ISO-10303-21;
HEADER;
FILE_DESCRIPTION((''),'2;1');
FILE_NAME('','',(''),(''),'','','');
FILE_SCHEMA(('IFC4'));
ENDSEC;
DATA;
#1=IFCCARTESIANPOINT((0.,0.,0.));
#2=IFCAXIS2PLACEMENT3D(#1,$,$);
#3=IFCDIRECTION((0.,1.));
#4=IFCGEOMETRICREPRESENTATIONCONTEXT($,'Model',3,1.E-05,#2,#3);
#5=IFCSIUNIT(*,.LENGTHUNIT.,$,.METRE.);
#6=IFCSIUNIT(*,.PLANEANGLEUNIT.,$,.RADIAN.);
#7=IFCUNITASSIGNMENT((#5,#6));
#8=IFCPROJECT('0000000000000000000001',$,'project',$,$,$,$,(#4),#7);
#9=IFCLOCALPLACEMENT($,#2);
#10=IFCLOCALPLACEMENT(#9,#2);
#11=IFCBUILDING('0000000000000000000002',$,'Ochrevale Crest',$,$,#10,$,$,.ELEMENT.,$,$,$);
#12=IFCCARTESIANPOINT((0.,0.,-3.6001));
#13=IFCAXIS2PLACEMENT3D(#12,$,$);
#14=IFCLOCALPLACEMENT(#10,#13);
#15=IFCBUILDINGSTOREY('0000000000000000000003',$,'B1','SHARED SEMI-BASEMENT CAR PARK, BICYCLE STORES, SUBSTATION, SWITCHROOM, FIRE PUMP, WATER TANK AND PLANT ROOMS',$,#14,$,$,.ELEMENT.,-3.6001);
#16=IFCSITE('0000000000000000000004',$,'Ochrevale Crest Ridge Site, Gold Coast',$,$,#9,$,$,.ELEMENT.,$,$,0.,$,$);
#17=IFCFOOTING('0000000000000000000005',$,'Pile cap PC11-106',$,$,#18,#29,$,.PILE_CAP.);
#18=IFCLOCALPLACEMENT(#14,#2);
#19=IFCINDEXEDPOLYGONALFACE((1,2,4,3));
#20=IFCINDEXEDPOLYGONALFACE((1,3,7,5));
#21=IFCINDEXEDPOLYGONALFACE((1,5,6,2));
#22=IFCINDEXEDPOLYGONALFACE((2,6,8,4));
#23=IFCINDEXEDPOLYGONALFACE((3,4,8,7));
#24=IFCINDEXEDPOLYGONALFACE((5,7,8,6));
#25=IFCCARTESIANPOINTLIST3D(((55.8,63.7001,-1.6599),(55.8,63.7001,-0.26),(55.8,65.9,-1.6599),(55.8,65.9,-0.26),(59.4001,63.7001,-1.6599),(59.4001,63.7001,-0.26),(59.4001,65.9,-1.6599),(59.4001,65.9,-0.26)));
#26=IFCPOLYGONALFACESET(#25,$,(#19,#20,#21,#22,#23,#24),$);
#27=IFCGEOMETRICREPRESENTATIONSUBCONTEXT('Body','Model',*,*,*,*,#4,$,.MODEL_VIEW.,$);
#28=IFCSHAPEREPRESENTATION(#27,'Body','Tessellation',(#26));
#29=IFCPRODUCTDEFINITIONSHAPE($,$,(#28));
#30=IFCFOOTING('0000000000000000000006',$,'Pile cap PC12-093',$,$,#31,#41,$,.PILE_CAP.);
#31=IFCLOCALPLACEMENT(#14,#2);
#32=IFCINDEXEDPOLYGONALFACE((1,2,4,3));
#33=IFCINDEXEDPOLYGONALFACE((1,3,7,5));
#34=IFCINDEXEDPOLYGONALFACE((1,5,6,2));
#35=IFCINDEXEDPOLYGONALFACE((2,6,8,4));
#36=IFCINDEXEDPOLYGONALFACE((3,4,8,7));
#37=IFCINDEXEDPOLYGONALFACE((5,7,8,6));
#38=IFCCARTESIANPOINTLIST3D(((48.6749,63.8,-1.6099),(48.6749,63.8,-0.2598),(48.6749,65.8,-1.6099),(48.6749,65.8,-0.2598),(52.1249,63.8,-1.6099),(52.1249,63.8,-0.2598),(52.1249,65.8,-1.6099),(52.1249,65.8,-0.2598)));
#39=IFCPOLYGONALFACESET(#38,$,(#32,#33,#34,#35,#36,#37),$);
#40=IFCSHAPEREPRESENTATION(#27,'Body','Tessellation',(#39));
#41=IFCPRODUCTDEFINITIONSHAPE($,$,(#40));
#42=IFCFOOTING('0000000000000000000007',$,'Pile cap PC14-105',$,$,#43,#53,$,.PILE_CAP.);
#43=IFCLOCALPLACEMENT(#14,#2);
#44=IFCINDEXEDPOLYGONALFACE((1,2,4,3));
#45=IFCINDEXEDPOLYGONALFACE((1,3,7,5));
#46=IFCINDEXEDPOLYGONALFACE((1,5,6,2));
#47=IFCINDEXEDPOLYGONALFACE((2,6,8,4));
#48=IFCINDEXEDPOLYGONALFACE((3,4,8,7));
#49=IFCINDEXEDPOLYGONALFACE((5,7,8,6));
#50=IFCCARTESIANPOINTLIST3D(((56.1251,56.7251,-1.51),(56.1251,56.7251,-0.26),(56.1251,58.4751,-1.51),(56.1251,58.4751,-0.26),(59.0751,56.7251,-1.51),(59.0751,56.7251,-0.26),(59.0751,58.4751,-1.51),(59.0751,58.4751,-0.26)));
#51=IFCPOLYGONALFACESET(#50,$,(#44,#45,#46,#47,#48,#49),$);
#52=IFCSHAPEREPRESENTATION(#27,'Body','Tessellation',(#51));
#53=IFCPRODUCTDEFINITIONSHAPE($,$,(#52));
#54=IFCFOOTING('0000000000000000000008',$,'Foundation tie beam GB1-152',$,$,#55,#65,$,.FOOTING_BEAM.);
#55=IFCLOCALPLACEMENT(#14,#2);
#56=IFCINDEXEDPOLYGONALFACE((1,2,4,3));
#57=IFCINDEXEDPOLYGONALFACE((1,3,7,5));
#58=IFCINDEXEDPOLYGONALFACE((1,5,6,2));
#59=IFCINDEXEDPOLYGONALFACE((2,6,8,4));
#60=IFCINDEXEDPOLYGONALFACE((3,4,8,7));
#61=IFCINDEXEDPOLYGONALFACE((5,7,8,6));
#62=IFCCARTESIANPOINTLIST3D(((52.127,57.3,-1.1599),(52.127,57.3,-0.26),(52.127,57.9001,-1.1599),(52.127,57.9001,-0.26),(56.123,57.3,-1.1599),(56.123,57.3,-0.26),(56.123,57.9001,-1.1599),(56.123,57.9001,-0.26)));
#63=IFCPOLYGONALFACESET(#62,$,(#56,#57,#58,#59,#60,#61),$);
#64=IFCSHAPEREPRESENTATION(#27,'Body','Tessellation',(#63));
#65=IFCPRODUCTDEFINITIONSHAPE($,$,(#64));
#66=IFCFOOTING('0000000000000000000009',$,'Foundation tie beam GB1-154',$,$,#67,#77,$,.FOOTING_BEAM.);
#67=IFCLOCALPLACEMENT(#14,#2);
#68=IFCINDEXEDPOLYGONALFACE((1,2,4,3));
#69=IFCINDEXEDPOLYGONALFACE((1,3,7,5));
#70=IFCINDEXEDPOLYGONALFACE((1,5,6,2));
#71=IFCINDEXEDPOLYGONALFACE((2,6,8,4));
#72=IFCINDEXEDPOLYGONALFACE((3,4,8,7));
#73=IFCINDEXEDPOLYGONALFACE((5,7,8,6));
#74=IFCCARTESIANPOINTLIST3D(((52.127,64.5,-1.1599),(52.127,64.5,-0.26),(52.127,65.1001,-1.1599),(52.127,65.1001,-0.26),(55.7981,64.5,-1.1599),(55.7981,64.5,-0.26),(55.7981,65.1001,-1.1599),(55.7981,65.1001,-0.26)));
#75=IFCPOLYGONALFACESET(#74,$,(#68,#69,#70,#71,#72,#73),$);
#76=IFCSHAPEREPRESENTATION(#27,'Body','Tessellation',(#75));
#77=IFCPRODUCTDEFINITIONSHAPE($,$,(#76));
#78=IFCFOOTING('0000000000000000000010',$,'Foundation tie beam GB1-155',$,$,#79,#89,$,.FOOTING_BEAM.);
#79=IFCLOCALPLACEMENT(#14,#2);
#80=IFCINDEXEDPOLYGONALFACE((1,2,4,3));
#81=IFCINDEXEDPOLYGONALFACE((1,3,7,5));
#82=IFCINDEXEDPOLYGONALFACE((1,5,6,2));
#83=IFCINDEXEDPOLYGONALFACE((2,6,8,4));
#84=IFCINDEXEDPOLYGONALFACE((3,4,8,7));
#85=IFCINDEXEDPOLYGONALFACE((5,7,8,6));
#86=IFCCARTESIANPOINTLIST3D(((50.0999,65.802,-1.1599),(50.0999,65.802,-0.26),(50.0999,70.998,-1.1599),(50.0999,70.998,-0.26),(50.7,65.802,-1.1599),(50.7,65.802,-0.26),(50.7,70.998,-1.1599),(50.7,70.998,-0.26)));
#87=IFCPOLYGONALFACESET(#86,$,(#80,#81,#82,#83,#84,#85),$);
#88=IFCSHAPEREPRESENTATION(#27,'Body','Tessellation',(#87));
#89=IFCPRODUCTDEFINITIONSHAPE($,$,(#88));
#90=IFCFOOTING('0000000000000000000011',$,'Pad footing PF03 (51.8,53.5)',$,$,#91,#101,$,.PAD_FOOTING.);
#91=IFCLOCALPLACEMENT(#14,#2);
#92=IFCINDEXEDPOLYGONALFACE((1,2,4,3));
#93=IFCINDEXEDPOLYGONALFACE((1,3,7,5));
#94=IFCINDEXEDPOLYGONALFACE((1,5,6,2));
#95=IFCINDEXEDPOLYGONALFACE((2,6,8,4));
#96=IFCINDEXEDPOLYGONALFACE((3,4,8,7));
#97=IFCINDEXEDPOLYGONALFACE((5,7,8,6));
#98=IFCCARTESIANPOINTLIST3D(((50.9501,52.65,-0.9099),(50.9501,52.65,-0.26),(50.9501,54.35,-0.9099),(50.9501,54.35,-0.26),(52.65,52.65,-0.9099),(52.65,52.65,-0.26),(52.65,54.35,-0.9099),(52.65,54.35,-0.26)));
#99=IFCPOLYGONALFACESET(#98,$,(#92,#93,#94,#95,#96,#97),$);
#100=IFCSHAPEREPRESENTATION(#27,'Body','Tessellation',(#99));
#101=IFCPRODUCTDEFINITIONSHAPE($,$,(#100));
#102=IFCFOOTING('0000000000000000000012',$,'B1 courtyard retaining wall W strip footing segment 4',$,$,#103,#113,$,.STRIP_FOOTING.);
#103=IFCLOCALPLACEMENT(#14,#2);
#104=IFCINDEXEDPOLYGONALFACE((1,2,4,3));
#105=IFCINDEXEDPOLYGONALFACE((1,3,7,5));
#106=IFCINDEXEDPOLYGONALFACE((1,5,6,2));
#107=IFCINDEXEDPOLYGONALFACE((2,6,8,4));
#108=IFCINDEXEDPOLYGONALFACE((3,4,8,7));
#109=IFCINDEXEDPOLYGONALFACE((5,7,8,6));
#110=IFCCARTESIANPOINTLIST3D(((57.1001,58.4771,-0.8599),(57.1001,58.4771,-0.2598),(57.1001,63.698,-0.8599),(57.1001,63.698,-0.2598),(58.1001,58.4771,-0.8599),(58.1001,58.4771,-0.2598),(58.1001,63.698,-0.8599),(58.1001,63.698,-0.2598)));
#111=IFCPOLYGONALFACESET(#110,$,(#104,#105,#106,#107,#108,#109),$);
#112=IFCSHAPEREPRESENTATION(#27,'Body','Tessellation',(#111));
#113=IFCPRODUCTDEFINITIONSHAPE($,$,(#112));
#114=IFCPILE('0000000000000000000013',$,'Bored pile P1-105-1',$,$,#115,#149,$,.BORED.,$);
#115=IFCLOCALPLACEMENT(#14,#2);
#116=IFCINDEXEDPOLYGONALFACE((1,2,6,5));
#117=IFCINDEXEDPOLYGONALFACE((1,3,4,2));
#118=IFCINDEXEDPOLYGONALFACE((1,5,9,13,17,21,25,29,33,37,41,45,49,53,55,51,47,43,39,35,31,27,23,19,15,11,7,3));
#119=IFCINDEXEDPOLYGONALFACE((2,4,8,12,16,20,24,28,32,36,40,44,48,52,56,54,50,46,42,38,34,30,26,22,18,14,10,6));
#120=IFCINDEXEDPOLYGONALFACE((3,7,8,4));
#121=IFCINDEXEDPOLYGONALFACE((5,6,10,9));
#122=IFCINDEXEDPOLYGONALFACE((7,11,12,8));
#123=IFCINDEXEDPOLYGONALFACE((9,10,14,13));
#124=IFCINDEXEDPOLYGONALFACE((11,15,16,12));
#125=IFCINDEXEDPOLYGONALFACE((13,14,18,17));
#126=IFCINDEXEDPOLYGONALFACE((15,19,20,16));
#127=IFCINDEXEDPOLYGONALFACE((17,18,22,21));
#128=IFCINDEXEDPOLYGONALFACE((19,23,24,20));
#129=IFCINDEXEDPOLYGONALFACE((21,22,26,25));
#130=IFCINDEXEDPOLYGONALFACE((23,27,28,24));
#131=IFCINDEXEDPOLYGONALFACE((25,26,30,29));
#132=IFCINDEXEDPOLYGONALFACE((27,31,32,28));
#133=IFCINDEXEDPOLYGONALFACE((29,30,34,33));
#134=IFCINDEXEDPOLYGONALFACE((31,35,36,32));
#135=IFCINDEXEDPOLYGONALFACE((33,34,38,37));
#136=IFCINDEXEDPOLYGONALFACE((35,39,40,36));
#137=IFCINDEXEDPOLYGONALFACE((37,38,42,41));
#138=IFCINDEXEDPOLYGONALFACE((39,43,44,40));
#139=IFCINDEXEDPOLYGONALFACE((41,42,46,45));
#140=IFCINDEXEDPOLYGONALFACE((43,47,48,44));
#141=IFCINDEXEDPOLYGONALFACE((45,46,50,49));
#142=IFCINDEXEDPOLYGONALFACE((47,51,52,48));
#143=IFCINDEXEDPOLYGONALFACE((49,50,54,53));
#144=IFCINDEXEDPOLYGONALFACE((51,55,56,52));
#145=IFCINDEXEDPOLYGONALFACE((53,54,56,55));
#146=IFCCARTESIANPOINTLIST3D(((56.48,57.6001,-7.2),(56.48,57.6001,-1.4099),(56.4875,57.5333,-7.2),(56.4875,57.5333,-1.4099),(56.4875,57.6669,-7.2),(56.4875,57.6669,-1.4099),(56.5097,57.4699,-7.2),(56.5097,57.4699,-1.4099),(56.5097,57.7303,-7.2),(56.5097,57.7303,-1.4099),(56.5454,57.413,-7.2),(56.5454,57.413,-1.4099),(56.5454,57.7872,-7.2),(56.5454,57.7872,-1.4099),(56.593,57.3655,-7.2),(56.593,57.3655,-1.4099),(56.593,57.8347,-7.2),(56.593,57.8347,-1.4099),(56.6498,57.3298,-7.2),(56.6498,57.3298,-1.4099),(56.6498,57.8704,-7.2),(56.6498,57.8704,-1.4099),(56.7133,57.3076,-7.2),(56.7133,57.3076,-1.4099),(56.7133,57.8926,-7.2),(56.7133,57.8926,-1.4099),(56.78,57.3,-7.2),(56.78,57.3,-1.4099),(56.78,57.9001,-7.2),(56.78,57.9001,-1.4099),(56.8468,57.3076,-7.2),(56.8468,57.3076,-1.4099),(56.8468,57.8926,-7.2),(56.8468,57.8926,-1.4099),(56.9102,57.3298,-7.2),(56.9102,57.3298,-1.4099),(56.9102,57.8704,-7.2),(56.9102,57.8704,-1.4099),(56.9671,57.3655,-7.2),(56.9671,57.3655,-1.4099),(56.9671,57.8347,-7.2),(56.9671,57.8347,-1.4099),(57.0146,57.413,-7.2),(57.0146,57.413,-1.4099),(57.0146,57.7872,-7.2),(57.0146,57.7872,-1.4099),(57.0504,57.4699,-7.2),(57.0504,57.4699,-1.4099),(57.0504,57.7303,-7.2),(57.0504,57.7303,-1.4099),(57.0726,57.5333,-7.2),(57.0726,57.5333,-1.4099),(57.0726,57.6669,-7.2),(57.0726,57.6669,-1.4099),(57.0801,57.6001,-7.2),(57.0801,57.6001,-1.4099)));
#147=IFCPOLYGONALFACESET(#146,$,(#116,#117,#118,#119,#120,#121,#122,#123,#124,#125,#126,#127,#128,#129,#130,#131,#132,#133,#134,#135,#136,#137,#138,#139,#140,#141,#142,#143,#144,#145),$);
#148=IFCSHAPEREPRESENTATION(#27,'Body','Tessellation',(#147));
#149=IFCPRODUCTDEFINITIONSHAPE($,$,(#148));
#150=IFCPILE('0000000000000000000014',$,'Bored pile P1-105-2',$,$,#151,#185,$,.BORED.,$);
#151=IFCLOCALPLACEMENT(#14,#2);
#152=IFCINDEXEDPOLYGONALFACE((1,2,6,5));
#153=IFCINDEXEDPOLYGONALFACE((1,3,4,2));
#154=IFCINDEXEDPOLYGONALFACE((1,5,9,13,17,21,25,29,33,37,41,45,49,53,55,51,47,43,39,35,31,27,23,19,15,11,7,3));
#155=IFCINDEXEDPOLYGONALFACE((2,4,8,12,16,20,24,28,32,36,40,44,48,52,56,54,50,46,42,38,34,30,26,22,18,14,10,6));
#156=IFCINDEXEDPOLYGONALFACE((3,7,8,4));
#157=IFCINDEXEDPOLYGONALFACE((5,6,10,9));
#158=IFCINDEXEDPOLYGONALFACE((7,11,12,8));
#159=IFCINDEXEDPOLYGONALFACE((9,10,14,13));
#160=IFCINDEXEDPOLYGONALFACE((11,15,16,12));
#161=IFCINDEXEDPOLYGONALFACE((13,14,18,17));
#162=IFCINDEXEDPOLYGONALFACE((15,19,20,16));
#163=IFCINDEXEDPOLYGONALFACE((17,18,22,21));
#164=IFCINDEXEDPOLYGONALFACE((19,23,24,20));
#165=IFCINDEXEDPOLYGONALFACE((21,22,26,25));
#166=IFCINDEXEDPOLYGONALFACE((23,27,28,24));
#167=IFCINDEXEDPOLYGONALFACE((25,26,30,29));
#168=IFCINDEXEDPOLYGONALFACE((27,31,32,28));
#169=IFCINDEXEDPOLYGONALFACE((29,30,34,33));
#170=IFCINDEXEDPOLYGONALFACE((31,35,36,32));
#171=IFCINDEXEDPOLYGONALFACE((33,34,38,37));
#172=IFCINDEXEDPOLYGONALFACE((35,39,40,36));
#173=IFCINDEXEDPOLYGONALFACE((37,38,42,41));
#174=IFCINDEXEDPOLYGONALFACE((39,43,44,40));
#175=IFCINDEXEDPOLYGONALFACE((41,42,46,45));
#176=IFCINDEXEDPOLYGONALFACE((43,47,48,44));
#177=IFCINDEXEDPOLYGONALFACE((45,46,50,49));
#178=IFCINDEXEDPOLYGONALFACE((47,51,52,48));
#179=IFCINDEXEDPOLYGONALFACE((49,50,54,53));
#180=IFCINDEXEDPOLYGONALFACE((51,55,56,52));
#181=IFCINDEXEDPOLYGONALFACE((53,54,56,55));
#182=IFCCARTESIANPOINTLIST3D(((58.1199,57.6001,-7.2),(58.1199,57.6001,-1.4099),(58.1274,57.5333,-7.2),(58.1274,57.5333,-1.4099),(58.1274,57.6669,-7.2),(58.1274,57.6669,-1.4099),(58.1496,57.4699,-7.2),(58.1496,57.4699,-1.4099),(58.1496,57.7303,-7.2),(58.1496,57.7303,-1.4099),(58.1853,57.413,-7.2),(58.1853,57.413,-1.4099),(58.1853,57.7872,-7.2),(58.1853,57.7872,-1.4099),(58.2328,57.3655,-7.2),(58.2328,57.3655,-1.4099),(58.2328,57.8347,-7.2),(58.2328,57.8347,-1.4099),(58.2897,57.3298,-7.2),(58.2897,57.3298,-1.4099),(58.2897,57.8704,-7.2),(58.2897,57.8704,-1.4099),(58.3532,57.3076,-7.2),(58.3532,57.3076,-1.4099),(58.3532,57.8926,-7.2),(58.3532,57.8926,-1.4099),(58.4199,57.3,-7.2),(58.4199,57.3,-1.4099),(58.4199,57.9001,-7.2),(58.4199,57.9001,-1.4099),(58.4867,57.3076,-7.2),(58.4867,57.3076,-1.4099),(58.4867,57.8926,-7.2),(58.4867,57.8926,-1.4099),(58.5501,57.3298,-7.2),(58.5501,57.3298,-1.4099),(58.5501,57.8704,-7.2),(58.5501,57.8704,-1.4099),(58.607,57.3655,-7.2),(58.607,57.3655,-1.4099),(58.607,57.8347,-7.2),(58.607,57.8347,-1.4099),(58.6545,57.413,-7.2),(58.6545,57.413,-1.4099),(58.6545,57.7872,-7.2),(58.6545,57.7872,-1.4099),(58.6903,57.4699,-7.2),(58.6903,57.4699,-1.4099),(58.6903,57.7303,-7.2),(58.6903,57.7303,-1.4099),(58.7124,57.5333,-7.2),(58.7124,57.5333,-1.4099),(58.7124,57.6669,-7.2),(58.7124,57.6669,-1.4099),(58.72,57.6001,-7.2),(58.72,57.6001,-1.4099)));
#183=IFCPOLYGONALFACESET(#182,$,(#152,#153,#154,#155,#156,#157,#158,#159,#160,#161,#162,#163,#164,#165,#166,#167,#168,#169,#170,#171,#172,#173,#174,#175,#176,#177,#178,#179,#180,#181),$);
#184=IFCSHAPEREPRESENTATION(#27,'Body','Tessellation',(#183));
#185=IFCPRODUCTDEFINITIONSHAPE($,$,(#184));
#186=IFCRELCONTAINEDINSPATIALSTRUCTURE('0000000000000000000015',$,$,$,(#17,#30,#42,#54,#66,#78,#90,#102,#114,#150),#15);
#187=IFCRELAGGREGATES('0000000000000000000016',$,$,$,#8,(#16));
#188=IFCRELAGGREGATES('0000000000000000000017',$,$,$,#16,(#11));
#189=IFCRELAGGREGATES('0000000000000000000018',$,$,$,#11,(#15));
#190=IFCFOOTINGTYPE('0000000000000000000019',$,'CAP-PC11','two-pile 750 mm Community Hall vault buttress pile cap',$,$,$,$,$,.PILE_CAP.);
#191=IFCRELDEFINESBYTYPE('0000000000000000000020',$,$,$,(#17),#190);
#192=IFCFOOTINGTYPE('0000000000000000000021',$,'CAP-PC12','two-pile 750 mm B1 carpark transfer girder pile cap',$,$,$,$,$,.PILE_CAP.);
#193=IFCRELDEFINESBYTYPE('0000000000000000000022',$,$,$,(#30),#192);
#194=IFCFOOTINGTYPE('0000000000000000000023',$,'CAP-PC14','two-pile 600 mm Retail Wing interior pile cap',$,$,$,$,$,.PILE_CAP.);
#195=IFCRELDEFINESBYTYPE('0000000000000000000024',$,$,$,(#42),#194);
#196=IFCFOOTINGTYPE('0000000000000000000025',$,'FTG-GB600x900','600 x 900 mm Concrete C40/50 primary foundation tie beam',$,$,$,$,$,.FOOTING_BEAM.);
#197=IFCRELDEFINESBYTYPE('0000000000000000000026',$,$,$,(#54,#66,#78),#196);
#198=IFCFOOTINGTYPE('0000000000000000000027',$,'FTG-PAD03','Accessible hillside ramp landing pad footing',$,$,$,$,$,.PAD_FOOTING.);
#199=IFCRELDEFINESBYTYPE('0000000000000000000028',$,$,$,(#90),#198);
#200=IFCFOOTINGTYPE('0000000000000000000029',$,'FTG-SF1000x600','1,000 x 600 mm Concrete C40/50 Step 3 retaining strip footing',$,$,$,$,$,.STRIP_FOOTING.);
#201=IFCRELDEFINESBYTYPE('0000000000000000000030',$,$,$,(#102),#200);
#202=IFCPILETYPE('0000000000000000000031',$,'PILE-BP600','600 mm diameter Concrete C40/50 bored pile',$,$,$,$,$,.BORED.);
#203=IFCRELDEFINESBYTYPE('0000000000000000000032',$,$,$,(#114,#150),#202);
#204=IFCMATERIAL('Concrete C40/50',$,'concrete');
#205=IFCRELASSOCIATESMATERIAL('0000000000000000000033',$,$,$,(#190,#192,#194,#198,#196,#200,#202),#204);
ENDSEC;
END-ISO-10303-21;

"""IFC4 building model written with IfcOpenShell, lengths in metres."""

from ifc_helpers import new_model, si_unit, direction, frame, origin, origin_2d, place, context, subcontext, project, spatial, rectangle, circle, extrude, material, material_profile, profile_set, type_object, element, save


model = new_model("IFC4")

# Units and contexts
model_context = context("Model", 3, precision=1e-05, world=origin(), true_north=direction((0.0, 1.0)))
body_context = subcontext(model_context, "Body", "Model", "MODEL_VIEW")
ifc_project = project(units=[si_unit("LENGTHUNIT", "METRE"), si_unit("PLANEANGLEUNIT", "RADIAN")], contexts=[model_context])

# Site, building, storey
site_placement = place(None, origin())
site = spatial("IfcSite", under=ifc_project, at=site_placement, Name="Ochrevale Crest Ridge Site, Gold Coast", CompositionType="ELEMENT", RefElevation=0.0)
building_placement = place(site_placement, origin())
building = spatial("IfcBuilding", under=site, at=building_placement, Name="Ochrevale Crest", CompositionType="ELEMENT")
storey_placement = place(building_placement, frame((0.0, 0.0, -3.6001)))
storey = spatial("IfcBuildingStorey", under=building, at=storey_placement, Name="B1", Description="SHARED SEMI-BASEMENT CAR PARK, BICYCLE STORES, SUBSTATION, SWITCHROOM, FIRE PUMP, WATER TANK AND PLANT ROOMS", CompositionType="ELEMENT", Elevation=-3.6001)

# Footings
ifc_material_1 = material(Name="Concrete C40/50", Category="concrete")
footing_type_1 = type_object("IfcFootingType", Name="CAP-PC11", Description="two-pile 750 mm Community Hall vault buttress pile cap", PredefinedType="PILE_CAP", material=ifc_material_1)
footing_1_placement = place(storey_placement, frame((57.6001, 64.8, -1.6599), z_axis=(0.0, 0.0, 1.0), x_axis=(1.0, 0.0, 0.0)))
element("IfcFooting", 1, at=footing_1_placement, inside=storey, type_object=footing_type_1, Name="Pile cap PC11-106", PredefinedType="PILE_CAP", context=body_context, shape_type="SweptSolid", body=[
    extrude(rectangle(XDim=3.6001, YDim=2.2, at=origin_2d()), origin(), (0.0, 0.0, 1.0), 1.3999),
])
footing_type_2 = type_object("IfcFootingType", Name="CAP-PC12", Description="two-pile 750 mm B1 carpark transfer girder pile cap", PredefinedType="PILE_CAP", material=ifc_material_1)
footing_2_placement = place(storey_placement, frame((50.3999, 64.8, -1.6099), z_axis=(0.0, 0.0, 1.0), x_axis=(1.0, 0.0, 0.0)))
element("IfcFooting", 2, at=footing_2_placement, inside=storey, type_object=footing_type_2, Name="Pile cap PC12-093", PredefinedType="PILE_CAP", context=body_context, shape_type="SweptSolid", body=[
    extrude(rectangle(XDim=3.45, YDim=2.0, at=origin_2d()), origin(), (0.0, 0.0, 1.0), 1.3501),
])
footing_type_3 = type_object("IfcFootingType", Name="CAP-PC14", Description="two-pile 600 mm Retail Wing interior pile cap", PredefinedType="PILE_CAP", material=ifc_material_1)
footing_3_placement = place(storey_placement, frame((57.6001, 57.6001, -1.51), z_axis=(0.0, 0.0, 1.0), x_axis=(1.0, 0.0, 0.0)))
element("IfcFooting", 3, at=footing_3_placement, inside=storey, type_object=footing_type_3, Name="Pile cap PC14-105", PredefinedType="PILE_CAP", context=body_context, shape_type="SweptSolid", body=[
    extrude(rectangle(XDim=2.95, YDim=1.75, at=origin_2d()), origin(), (0.0, 0.0, 1.0), 1.25),
])
ifc_material_profile_1 = material_profile(ifc_material_1, rectangle(XDim=0.6001, YDim=0.8999, at=origin_2d()), Name="GB 600x900")
ifc_profile_set_1 = profile_set([ifc_material_profile_1], Name="Concrete C40/50")
footing_type_4 = type_object("IfcFootingType", Name="FTG-GB600x900", Description="600 x 900 mm Concrete C40/50 primary foundation tie beam", PredefinedType="FOOTING_BEAM", material=ifc_profile_set_1)
footing_4_placement = place(storey_placement, frame((52.127, 57.6001, -0.71), z_axis=(1.0, 0.0, 0.0), x_axis=(0.0, 1.0, 0.0)))
element("IfcFooting", 4, at=footing_4_placement, inside=storey, type_object=footing_type_4, Name="Foundation tie beam GB1-152", PredefinedType="FOOTING_BEAM", context=body_context, shape_type="SweptSolid", body=[
    extrude(rectangle(XDim=0.6001, YDim=0.8999, at=origin_2d()), origin(), (0.0, 0.0, 1.0), 3.9961),
])
footing_5_placement = place(storey_placement, frame((52.127, 64.8, -0.71), z_axis=(1.0, 0.0, 0.0), x_axis=(0.0, 1.0, 0.0)))
element("IfcFooting", 5, at=footing_5_placement, inside=storey, type_object=footing_type_4, Name="Foundation tie beam GB1-154", PredefinedType="FOOTING_BEAM", context=body_context, shape_type="SweptSolid", body=[
    extrude(rectangle(XDim=0.6001, YDim=0.8999, at=origin_2d()), origin(), (0.0, 0.0, 1.0), 3.6711),
])
footing_6_placement = place(storey_placement, frame((50.3999, 65.802, -0.71), z_axis=(0.0, 1.0, 0.0), x_axis=(-1.0, 0.0, 0.0)))
element("IfcFooting", 6, at=footing_6_placement, inside=storey, type_object=footing_type_4, Name="Foundation tie beam GB1-155", PredefinedType="FOOTING_BEAM", context=body_context, shape_type="SweptSolid", body=[
    extrude(rectangle(XDim=0.6001, YDim=0.8999, at=origin_2d()), origin(), (0.0, 0.0, 1.0), 5.196),
])
footing_type_5 = type_object("IfcFootingType", Name="FTG-PAD03", Description="Accessible hillside ramp landing pad footing", PredefinedType="PAD_FOOTING", material=ifc_material_1)
footing_7_placement = place(storey_placement, frame((51.8, 53.5, -0.9099), z_axis=(0.0, 0.0, 1.0), x_axis=(1.0, 0.0, 0.0)))
element("IfcFooting", 7, at=footing_7_placement, inside=storey, type_object=footing_type_5, Name="Pad footing PF03 (51.8,53.5)", PredefinedType="PAD_FOOTING", context=body_context, shape_type="SweptSolid", body=[
    extrude(rectangle(XDim=1.7, YDim=1.7, at=origin_2d()), origin(), (0.0, 0.0, 1.0), 0.6499),
])
ifc_material_profile_2 = material_profile(ifc_material_1, rectangle(XDim=1.0, YDim=0.6001, at=origin_2d()), Name="SF 1000x600")
ifc_profile_set_2 = profile_set([ifc_material_profile_2], Name="Concrete C40/50")
footing_type_6 = type_object("IfcFootingType", Name="FTG-SF1000x600", Description="1,000 x 600 mm Concrete C40/50 Step 3 retaining strip footing", PredefinedType="STRIP_FOOTING", material=ifc_profile_set_2)
footing_8_placement = place(storey_placement, frame((57.6001, 58.4771, -0.5598), z_axis=(0.0, 1.0, 0.0), x_axis=(-1.0, 0.0, 0.0)))
element("IfcFooting", 8, at=footing_8_placement, inside=storey, type_object=footing_type_6, Name="B1 courtyard retaining wall W strip footing segment 4", PredefinedType="STRIP_FOOTING", context=body_context, shape_type="SweptSolid", body=[
    extrude(rectangle(XDim=1.0, YDim=0.6001, at=origin_2d()), origin(), (0.0, 0.0, 1.0), 5.2209),
])

# Piles
ifc_material_profile_3 = material_profile(ifc_material_1, circle(Radius=0.3, at=origin_2d()), Name="BORED PILE 600")
ifc_profile_set_3 = profile_set([ifc_material_profile_3], Name="Concrete C40/50")
pile_type_1 = type_object("IfcPileType", Name="PILE-BP600", Description="600 mm diameter Concrete C40/50 bored pile", PredefinedType="BORED", material=ifc_profile_set_3)
for number, where, z_axis, x_axis, name in (
    (9, (56.78, 57.6001, -1.4099), (0.0, 0.0, -1.0), (1.0, 0.0, 0.0), "Bored pile P1-105-1"),
    (10, (58.4199, 57.6001, -1.4099), (0.0, 0.0, -1.0), (1.0, 0.0, 0.0), "Bored pile P1-105-2"),
):
    element("IfcPile", number, at=place(storey_placement, frame(where, z_axis=z_axis, x_axis=x_axis)), inside=storey, type_object=pile_type_1, Name=name, PredefinedType="BORED", context=body_context, shape_type="SweptSolid", body=[
        extrude(circle(Radius=0.3, at=origin_2d()), origin(), (0.0, 0.0, 1.0), 5.79),
    ])

save(model, "model.ifc")
